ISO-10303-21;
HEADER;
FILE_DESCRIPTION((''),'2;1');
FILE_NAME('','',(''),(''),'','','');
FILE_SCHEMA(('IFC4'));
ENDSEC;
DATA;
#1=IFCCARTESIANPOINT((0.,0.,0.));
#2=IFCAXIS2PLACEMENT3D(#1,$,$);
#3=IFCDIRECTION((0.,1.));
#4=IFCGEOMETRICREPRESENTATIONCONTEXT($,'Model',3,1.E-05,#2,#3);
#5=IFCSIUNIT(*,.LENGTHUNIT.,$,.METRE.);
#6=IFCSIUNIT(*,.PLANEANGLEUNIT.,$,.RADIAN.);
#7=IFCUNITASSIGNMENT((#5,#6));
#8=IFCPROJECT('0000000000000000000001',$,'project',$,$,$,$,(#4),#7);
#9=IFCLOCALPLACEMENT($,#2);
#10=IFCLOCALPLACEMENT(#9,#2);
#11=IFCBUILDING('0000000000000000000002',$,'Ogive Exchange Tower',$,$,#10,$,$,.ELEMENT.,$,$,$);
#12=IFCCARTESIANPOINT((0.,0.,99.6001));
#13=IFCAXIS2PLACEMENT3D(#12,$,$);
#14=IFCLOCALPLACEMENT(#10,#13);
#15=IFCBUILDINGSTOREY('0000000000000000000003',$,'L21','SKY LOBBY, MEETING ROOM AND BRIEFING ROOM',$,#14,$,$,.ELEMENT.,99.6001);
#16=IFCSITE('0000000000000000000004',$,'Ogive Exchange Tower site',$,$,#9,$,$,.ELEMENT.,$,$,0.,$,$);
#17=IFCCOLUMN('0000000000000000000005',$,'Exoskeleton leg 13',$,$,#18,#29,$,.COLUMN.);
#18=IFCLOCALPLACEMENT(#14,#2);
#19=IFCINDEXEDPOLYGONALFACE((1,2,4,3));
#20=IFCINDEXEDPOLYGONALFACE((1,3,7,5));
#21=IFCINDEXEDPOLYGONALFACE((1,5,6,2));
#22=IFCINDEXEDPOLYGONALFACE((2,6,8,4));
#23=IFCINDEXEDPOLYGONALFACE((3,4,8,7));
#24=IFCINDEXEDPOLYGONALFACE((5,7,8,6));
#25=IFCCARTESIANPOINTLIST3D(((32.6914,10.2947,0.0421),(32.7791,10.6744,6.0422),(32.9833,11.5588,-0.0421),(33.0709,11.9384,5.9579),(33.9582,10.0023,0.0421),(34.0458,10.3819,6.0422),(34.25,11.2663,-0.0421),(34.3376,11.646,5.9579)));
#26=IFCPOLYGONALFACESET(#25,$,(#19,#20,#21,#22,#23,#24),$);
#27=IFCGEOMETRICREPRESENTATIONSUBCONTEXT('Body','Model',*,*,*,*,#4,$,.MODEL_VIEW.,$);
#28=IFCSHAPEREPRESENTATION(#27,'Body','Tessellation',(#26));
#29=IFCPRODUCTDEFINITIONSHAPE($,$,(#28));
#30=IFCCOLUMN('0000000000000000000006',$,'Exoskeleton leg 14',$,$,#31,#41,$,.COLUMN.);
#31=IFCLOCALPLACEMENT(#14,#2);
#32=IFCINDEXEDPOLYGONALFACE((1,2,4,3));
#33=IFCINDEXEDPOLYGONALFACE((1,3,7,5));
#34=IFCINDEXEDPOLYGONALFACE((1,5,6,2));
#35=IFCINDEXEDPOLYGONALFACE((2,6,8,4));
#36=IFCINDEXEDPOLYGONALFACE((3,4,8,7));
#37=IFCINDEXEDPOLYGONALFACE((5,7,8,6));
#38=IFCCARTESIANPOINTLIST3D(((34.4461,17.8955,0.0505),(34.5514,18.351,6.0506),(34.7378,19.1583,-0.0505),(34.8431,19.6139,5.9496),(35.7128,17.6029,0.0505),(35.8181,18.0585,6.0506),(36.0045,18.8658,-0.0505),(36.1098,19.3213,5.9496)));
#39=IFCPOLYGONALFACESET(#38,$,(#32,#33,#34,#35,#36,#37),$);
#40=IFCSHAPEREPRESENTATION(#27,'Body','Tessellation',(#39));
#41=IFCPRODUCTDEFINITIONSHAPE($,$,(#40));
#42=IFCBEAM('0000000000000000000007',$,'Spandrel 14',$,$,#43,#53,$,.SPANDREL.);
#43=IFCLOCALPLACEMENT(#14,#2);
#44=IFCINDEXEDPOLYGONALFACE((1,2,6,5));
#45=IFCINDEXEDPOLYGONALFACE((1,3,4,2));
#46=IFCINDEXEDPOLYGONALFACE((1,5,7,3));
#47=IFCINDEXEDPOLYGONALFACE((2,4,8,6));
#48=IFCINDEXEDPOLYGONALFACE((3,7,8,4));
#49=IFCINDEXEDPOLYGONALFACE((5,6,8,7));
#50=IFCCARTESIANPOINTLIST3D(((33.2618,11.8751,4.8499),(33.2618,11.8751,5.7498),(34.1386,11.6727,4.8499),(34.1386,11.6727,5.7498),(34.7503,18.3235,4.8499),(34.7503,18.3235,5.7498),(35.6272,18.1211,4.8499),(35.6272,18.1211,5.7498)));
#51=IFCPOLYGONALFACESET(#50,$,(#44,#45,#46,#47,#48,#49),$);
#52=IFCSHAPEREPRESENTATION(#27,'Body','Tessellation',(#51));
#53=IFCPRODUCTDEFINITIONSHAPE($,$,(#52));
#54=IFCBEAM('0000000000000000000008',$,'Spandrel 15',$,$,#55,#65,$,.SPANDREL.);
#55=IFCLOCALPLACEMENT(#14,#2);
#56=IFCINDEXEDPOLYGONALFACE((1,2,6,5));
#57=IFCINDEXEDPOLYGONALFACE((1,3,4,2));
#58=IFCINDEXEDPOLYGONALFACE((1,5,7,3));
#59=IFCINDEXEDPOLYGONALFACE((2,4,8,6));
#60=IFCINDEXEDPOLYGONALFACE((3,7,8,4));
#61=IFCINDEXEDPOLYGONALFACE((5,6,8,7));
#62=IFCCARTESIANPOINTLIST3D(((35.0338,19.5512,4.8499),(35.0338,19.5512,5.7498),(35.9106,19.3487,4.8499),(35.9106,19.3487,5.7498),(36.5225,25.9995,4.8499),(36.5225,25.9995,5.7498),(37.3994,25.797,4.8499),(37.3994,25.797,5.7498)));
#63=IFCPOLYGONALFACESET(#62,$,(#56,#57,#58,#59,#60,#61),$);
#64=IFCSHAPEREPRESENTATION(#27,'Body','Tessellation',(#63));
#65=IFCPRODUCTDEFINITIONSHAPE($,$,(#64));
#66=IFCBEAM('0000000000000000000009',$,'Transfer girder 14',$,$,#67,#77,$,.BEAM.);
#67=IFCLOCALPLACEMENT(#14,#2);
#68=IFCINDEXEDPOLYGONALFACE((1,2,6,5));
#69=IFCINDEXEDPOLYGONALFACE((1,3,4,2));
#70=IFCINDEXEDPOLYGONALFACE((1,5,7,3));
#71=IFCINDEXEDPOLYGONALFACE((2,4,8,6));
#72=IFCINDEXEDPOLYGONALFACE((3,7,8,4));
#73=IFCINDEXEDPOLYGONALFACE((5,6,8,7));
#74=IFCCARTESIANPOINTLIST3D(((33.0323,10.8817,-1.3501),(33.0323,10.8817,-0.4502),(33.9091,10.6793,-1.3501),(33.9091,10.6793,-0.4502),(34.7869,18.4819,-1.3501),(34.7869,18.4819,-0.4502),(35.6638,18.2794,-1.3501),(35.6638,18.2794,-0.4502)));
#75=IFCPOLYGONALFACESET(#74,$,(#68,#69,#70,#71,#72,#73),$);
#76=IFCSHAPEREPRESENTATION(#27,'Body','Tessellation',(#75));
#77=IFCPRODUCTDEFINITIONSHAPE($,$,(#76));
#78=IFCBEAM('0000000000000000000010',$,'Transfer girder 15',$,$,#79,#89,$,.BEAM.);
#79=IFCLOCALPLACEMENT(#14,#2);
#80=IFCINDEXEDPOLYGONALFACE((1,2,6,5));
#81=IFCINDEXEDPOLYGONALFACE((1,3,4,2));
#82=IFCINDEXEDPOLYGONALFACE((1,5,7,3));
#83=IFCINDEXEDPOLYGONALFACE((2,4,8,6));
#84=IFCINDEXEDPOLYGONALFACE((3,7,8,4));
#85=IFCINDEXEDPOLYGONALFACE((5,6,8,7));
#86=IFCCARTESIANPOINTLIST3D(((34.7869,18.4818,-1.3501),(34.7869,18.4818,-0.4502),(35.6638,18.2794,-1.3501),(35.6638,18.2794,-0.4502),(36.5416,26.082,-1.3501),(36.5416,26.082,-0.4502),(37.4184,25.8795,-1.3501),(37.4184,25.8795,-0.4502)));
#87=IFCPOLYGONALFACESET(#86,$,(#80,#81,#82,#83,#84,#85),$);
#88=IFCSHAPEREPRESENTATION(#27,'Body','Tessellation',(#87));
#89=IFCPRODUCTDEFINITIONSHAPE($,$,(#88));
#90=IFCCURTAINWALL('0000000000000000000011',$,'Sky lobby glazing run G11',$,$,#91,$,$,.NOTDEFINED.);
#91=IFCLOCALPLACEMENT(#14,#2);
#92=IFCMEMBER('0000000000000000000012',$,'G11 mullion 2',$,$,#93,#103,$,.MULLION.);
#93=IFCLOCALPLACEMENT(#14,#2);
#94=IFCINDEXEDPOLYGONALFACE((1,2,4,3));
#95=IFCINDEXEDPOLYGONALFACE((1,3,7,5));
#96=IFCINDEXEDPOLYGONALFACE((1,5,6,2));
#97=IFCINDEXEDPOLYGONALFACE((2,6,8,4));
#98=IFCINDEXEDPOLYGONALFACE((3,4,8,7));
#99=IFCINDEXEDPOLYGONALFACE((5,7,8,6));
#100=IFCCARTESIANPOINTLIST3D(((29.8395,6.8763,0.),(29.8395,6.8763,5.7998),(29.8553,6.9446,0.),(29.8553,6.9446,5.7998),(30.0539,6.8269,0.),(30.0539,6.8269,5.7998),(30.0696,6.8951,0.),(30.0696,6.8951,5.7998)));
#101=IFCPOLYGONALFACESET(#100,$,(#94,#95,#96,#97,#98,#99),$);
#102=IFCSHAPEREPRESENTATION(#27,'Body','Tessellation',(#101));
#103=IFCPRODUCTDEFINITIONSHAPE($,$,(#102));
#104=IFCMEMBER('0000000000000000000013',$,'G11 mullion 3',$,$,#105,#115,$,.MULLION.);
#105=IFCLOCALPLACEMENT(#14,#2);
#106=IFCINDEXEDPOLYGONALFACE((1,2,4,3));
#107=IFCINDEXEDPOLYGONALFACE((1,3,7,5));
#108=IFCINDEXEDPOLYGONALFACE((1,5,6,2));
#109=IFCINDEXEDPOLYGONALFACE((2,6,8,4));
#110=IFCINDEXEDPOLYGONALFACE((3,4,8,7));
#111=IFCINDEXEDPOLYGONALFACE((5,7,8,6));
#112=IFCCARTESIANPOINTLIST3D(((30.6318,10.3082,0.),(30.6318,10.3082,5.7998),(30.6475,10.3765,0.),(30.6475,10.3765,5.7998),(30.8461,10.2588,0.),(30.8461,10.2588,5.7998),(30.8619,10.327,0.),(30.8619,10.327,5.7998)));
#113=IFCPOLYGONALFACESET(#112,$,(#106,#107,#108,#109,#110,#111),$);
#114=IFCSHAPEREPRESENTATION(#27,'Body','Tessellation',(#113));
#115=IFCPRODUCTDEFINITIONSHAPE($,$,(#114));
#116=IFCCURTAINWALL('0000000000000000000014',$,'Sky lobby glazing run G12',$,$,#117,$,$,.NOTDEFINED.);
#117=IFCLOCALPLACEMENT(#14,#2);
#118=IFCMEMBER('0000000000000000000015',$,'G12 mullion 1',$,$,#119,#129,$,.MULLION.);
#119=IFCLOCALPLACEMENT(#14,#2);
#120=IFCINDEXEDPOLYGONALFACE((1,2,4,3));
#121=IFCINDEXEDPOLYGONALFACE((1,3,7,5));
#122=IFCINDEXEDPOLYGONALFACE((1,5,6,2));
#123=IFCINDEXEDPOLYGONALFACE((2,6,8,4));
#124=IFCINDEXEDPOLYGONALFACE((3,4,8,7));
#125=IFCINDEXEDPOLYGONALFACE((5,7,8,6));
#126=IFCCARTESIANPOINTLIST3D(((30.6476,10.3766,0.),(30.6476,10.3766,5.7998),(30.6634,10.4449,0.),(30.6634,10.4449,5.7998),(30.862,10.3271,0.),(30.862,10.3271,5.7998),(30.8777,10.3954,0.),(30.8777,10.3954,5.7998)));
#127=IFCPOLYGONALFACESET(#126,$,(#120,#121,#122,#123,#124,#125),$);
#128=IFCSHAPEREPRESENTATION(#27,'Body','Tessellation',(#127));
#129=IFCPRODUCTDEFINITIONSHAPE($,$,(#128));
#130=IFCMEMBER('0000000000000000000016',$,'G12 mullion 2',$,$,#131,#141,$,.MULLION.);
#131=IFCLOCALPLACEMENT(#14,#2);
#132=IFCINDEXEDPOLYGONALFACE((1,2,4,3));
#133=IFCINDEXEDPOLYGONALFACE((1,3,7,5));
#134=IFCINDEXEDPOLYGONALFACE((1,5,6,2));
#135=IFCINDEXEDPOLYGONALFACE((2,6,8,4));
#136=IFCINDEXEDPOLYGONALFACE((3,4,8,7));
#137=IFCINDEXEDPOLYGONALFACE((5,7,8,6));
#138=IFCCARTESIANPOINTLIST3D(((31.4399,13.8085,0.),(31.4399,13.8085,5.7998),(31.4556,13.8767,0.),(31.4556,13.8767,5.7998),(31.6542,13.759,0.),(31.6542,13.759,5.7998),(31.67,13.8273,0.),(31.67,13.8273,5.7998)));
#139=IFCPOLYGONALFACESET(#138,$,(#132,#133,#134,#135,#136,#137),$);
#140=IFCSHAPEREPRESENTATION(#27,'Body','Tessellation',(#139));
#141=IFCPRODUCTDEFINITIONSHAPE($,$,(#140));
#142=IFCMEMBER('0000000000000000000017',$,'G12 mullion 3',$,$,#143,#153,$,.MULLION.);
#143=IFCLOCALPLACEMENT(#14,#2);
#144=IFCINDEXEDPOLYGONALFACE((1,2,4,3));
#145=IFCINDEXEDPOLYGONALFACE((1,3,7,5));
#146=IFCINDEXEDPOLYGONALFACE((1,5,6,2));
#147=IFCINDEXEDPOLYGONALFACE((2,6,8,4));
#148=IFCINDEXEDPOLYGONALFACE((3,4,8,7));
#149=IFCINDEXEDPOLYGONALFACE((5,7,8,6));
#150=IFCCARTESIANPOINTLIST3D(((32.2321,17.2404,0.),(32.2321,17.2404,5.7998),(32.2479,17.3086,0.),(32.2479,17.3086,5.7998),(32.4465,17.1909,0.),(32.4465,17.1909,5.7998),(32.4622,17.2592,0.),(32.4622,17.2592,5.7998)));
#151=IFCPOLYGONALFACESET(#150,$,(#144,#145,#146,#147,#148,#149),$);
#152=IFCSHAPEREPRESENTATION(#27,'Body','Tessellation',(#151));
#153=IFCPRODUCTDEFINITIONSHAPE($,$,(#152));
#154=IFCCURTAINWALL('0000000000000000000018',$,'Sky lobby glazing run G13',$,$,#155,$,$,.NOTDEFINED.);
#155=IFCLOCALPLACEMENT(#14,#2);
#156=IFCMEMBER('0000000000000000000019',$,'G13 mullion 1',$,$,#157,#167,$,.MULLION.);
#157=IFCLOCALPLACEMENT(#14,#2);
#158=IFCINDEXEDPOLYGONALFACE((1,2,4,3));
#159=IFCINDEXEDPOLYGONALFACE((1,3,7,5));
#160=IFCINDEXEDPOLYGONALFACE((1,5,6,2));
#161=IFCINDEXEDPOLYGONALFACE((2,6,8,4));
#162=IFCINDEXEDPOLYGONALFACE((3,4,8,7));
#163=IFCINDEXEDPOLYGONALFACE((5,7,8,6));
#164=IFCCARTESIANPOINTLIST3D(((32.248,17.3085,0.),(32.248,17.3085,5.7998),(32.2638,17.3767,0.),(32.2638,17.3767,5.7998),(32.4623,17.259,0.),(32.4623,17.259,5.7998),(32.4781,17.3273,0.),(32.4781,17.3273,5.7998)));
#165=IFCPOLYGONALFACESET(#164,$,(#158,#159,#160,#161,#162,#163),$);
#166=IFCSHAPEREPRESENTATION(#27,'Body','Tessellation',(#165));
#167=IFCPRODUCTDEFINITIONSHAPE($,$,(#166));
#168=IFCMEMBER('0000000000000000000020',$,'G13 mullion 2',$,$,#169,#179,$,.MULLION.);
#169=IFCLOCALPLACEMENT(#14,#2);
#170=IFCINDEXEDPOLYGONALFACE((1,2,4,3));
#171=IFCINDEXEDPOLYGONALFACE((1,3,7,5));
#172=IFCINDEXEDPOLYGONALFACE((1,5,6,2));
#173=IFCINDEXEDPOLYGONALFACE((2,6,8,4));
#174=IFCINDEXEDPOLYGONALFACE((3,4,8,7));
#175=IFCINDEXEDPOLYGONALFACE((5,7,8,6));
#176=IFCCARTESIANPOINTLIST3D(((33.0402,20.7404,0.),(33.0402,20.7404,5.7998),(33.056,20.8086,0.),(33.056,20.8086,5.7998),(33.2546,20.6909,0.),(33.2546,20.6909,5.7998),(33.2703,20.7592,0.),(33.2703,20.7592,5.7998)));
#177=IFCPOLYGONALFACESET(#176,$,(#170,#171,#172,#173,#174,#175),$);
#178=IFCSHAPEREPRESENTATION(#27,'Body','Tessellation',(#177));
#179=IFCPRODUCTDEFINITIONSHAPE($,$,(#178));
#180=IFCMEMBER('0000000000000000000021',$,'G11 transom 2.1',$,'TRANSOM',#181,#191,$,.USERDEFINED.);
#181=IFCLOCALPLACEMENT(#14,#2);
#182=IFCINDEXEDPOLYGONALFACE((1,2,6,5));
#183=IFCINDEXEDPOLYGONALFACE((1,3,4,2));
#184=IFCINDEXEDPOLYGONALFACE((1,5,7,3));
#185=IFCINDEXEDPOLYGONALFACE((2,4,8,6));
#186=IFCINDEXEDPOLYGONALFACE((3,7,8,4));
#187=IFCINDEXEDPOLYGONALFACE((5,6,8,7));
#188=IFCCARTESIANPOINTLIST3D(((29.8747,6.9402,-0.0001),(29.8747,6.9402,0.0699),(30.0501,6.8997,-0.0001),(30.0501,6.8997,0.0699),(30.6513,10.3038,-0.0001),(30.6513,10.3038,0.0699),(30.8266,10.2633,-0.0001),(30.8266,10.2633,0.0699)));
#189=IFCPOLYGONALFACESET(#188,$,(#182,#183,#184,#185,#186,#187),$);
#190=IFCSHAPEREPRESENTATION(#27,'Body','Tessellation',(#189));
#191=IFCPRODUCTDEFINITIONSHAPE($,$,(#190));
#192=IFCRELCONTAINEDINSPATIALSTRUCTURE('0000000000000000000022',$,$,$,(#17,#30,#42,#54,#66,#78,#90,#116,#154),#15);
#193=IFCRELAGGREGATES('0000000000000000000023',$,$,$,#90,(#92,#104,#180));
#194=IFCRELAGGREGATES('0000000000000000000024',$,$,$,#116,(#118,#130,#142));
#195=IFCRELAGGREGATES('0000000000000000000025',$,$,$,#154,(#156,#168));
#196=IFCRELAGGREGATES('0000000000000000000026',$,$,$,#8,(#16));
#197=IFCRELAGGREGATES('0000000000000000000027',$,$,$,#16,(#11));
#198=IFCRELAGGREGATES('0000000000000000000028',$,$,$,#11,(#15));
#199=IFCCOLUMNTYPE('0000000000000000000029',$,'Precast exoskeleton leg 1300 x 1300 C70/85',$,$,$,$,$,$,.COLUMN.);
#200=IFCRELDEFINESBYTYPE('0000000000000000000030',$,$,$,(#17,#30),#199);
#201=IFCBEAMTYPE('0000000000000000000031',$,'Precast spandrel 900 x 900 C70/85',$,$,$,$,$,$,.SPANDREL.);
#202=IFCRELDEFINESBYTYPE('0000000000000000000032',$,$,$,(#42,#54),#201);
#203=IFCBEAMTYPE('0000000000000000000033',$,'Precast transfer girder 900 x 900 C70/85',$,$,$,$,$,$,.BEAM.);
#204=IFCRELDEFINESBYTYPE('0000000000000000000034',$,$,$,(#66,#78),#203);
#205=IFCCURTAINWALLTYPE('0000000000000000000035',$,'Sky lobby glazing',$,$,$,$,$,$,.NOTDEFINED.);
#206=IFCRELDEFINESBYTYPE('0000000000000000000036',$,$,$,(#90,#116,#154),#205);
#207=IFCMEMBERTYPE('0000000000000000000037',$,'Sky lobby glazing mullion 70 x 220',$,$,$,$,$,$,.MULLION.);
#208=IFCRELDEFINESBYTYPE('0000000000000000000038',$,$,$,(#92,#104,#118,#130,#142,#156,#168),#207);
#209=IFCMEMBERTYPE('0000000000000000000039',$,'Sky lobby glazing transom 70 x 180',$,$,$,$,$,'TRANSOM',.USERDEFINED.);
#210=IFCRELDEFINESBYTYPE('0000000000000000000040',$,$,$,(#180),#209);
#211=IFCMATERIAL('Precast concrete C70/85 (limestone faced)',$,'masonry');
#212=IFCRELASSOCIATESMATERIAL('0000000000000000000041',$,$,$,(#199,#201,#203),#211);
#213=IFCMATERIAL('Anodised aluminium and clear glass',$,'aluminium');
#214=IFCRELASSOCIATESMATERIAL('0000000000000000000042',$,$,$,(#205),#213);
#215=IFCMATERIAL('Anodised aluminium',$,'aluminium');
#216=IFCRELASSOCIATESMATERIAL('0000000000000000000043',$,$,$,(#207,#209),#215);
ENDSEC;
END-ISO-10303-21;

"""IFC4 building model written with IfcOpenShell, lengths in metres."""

from ifc_helpers import new_model, si_unit, direction, frame, origin, origin_2d, place, context, subcontext, project, spatial, rectangle, extrude, material, material_profile, profile_set, type_object, element, aggregate, save


model = new_model("IFC4")

# Units and contexts
model_context = context("Model", 3, precision=1e-05, world=origin(), true_north=direction((0.0, 1.0)))
body_context = subcontext(model_context, "Body", "Model", "MODEL_VIEW")
ifc_project = project(units=[si_unit("LENGTHUNIT", "METRE"), si_unit("PLANEANGLEUNIT", "RADIAN")], contexts=[model_context])

# Site, building, storey
site_placement = place(None, origin())
site = spatial("IfcSite", under=ifc_project, at=site_placement, Name="Ogive Exchange Tower site", CompositionType="ELEMENT", RefElevation=0.0)
building_placement = place(site_placement, origin())
building = spatial("IfcBuilding", under=site, at=building_placement, Name="Ogive Exchange Tower", CompositionType="ELEMENT")
storey_placement = place(building_placement, frame((0.0, 0.0, 99.6001)))
storey = spatial("IfcBuildingStorey", under=building, at=storey_placement, Name="L21", Description="SKY LOBBY, MEETING ROOM AND BRIEFING ROOM", CompositionType="ELEMENT", Elevation=99.6001)

# Columns
ifc_material_1 = material(Name="Precast concrete C70/85 (limestone faced)", Category="masonry")
ifc_material_profile_1 = material_profile(ifc_material_1, rectangle(XDim=1.3, YDim=1.3, at=origin_2d()), Name="1300 x 1300")
ifc_profile_set_1 = profile_set([ifc_material_profile_1], Name="Precast concrete C70/85 (limestone faced)")
column_type = type_object("IfcColumnType", Name="Precast exoskeleton leg 1300 x 1300 C70/85", PredefinedType="COLUMN", material=ifc_profile_set_1)
column_1_placement = place(storey_placement, frame((33.4707, 10.7805, 0.0), z_axis=(0.014577, 0.06314, 0.997898), x_axis=(-0.97437, 0.224951, 0.0)))
element("IfcColumn", 1, at=column_1_placement, inside=storey, type_object=column_type, Name="Exoskeleton leg 13", PredefinedType="COLUMN", context=body_context, shape_type="SweptSolid", body=[
    extrude(rectangle(XDim=1.3, YDim=1.3, at=origin_2d()), origin(), (0.0, 0.0, 1.0), 6.0127),
])
column_2_placement = place(storey_placement, frame((35.2253, 18.3806, 0.0), z_axis=(0.017484, 0.075698, 0.996977), x_axis=(-0.974347, 0.22505, 0.0)))
element("IfcColumn", 2, at=column_2_placement, inside=storey, type_object=column_type, Name="Exoskeleton leg 14", PredefinedType="COLUMN", context=body_context, shape_type="SweptSolid", body=[
    extrude(rectangle(XDim=1.3, YDim=1.3, at=origin_2d()), origin(), (0.0, 0.0, 1.0), 6.0183),
])

# Beams
ifc_material_profile_2 = material_profile(ifc_material_1, rectangle(XDim=0.8999, YDim=0.8999, at=origin_2d()), Name="900 x 900")
ifc_profile_set_2 = profile_set([ifc_material_profile_2], Name="Precast concrete C70/85 (limestone faced)")
beam_type_1 = type_object("IfcBeamType", Name="Precast spandrel 900 x 900 C70/85", PredefinedType="SPANDREL", material=ifc_profile_set_2)
for number, where, z_axis, x_axis, name in (
    (3, (33.7002, 11.7739, 5.2998), (0.224927, 0.974376, 0.0), (-0.974376, 0.224927, 0.0), "Spandrel 14"),
    (4, (35.4722, 19.45, 5.2998), (0.224962, 0.974368, 0.0), (-0.974368, 0.224962, 0.0), "Spandrel 15"),
):
    element("IfcBeam", number, at=place(storey_placement, frame(where, z_axis=z_axis, x_axis=x_axis)), inside=storey, type_object=beam_type_1, Name=name, PredefinedType="SPANDREL", context=body_context, shape_type="SweptSolid", body=[
        extrude(rectangle(XDim=0.8999, YDim=0.8999, at=origin_2d()), origin(), (0.0, 0.0, 1.0), 6.6179),
    ])
ifc_material_profile_3 = material_profile(ifc_material_1, rectangle(XDim=0.8999, YDim=0.8999, at=origin_2d()), Name="900 x 900")
ifc_profile_set_3 = profile_set([ifc_material_profile_3], Name="Precast concrete C70/85 (limestone faced)")
beam_type_2 = type_object("IfcBeamType", Name="Precast transfer girder 900 x 900 C70/85", PredefinedType="BEAM", material=ifc_profile_set_3)
for number, where, z_axis, x_axis, name in (
    (5, (33.4707, 10.7805, -0.9001), (0.224953, 0.97437, 0.0), (-0.97437, 0.224953, 0.0), "Transfer girder 14"),
    (6, (35.2253, 18.3806, -0.9001), (0.224953, 0.97437, 0.0), (-0.97437, 0.224953, 0.0), "Transfer girder 15"),
):
    element("IfcBeam", number, at=place(storey_placement, frame(where, z_axis=z_axis, x_axis=x_axis)), inside=storey, type_object=beam_type_2, Name=name, PredefinedType="BEAM", context=body_context, shape_type="SweptSolid", body=[
        extrude(rectangle(XDim=0.8999, YDim=0.8999, at=origin_2d()), origin(), (0.0, 0.0, 1.0), 7.8),
    ])

# Curtain walls, members
ifc_material_2 = material(Name="Anodised aluminium and clear glass", Category="aluminium")
curtain_wall_type = type_object("IfcCurtainWallType", Name="Sky lobby glazing", PredefinedType="NOTDEFINED", material=ifc_material_2)
curtain_wall_1_placement = place(storey_placement, origin())
curtain_wall_1 = element("IfcCurtainWall", 7, at=curtain_wall_1_placement, inside=storey, type_object=curtain_wall_type, Name="Sky lobby glazing run G11", PredefinedType="NOTDEFINED")
ifc_material_3 = material(Name="Anodised aluminium", Category="aluminium")
ifc_material_profile_4 = material_profile(ifc_material_3, rectangle(XDim=0.22, YDim=0.0701, at=origin_2d()), Name="AL 70x220")
ifc_profile_set_4 = profile_set([ifc_material_profile_4], Name="Anodised aluminium")
member_type_1 = type_object("IfcMemberType", Name="Sky lobby glazing mullion 70 x 220", PredefinedType="MULLION", material=ifc_profile_set_4)
member_1_placement = place(storey_placement, frame((29.9546, 6.8857, 0.0), z_axis=(0.0, 0.0, 1.0), x_axis=(-0.974372, 0.224944, 0.0)))
member_1 = element("IfcMember", 8, at=member_1_placement, type_object=member_type_1, Name="G11 mullion 2", PredefinedType="MULLION", context=body_context, shape_type="SweptSolid", body=[
    extrude(rectangle(XDim=0.22, YDim=0.0701, at=origin_2d()), origin(), (0.0, 0.0, 1.0), 5.7998),
])
member_2_placement = place(storey_placement, frame((30.7468, 10.3176, 0.0), z_axis=(0.0, 0.0, 1.0), x_axis=(-0.974372, 0.224944, 0.0)))
member_2 = element("IfcMember", 9, at=member_2_placement, type_object=member_type_1, Name="G11 mullion 3", PredefinedType="MULLION", context=body_context, shape_type="SweptSolid", body=[
    extrude(rectangle(XDim=0.22, YDim=0.0701, at=origin_2d()), origin(), (0.0, 0.0, 1.0), 5.7998),
])
curtain_wall_2_placement = place(storey_placement, origin())
curtain_wall_2 = element("IfcCurtainWall", 10, at=curtain_wall_2_placement, inside=storey, type_object=curtain_wall_type, Name="Sky lobby glazing run G12", PredefinedType="NOTDEFINED")
member_3_placement = place(storey_placement, frame((30.7627, 10.386, 0.0), z_axis=(0.0, 0.0, 1.0), x_axis=(-0.974369, 0.224954, 0.0)))
member_3 = element("IfcMember", 11, at=member_3_placement, type_object=member_type_1, Name="G12 mullion 1", PredefinedType="MULLION", context=body_context, shape_type="SweptSolid", body=[
    extrude(rectangle(XDim=0.22, YDim=0.0701, at=origin_2d()), origin(), (0.0, 0.0, 1.0), 5.7998),
])
member_4_placement = place(storey_placement, frame((31.5549, 13.8179, 0.0), z_axis=(0.0, 0.0, 1.0), x_axis=(-0.974369, 0.224954, 0.0)))
member_4 = element("IfcMember", 12, at=member_4_placement, type_object=member_type_1, Name="G12 mullion 2", PredefinedType="MULLION", context=body_context, shape_type="SweptSolid", body=[
    extrude(rectangle(XDim=0.22, YDim=0.0701, at=origin_2d()), origin(), (0.0, 0.0, 1.0), 5.7998),
])
member_5_placement = place(storey_placement, frame((32.3472, 17.2498, 0.0), z_axis=(0.0, 0.0, 1.0), x_axis=(-0.974369, 0.224954, 0.0)))
member_5 = element("IfcMember", 13, at=member_5_placement, type_object=member_type_1, Name="G12 mullion 3", PredefinedType="MULLION", context=body_context, shape_type="SweptSolid", body=[
    extrude(rectangle(XDim=0.22, YDim=0.0701, at=origin_2d()), origin(), (0.0, 0.0, 1.0), 5.7998),
])
curtain_wall_3_placement = place(storey_placement, origin())
curtain_wall_3 = element("IfcCurtainWall", 14, at=curtain_wall_3_placement, inside=storey, type_object=curtain_wall_type, Name="Sky lobby glazing run G13", PredefinedType="NOTDEFINED")
member_6_placement = place(storey_placement, frame((32.363, 17.3179, 0.0), z_axis=(0.0, 0.0, 1.0), x_axis=(-0.974369, 0.224957, 0.0)))
member_6 = element("IfcMember", 15, at=member_6_placement, type_object=member_type_1, Name="G13 mullion 1", PredefinedType="MULLION", context=body_context, shape_type="SweptSolid", body=[
    extrude(rectangle(XDim=0.22, YDim=0.0701, at=origin_2d()), origin(), (0.0, 0.0, 1.0), 5.7998),
])
member_7_placement = place(storey_placement, frame((33.1553, 20.7498, 0.0), z_axis=(0.0, 0.0, 1.0), x_axis=(-0.974369, 0.224957, 0.0)))
member_7 = element("IfcMember", 16, at=member_7_placement, type_object=member_type_1, Name="G13 mullion 2", PredefinedType="MULLION", context=body_context, shape_type="SweptSolid", body=[
    extrude(rectangle(XDim=0.22, YDim=0.0701, at=origin_2d()), origin(), (0.0, 0.0, 1.0), 5.7998),
])

# Member
ifc_material_profile_5 = material_profile(ifc_material_3, rectangle(XDim=0.1799, YDim=0.0701, at=origin_2d()), Name="AL 70x180")
ifc_profile_set_5 = profile_set([ifc_material_profile_5], Name="Anodised aluminium")
member_type_2 = type_object("IfcMemberType", Name="Sky lobby glazing transom 70 x 180", ElementType="TRANSOM", PredefinedType="USERDEFINED", material=ifc_profile_set_5)
member_8_placement = place(storey_placement, frame((29.9624, 6.9199, 0.0349), z_axis=(0.224958, 0.974369, 0.0), x_axis=(-0.974369, 0.224958, 0.0)))
member_8 = element("IfcMember", 17, at=member_8_placement, type_object=member_type_2, Name="G11 transom 2.1", ObjectType="TRANSOM", PredefinedType="USERDEFINED", context=body_context, shape_type="SweptSolid", body=[
    extrude(rectangle(XDim=0.1799, YDim=0.0701, at=origin_2d()), origin(), (0.0, 0.0, 1.0), 3.4521),
])

aggregate(curtain_wall_1, [member_1, member_2, member_8])
aggregate(curtain_wall_2, [member_3, member_4, member_5])
aggregate(curtain_wall_3, [member_6, member_7])

save(model, "model.ifc")
